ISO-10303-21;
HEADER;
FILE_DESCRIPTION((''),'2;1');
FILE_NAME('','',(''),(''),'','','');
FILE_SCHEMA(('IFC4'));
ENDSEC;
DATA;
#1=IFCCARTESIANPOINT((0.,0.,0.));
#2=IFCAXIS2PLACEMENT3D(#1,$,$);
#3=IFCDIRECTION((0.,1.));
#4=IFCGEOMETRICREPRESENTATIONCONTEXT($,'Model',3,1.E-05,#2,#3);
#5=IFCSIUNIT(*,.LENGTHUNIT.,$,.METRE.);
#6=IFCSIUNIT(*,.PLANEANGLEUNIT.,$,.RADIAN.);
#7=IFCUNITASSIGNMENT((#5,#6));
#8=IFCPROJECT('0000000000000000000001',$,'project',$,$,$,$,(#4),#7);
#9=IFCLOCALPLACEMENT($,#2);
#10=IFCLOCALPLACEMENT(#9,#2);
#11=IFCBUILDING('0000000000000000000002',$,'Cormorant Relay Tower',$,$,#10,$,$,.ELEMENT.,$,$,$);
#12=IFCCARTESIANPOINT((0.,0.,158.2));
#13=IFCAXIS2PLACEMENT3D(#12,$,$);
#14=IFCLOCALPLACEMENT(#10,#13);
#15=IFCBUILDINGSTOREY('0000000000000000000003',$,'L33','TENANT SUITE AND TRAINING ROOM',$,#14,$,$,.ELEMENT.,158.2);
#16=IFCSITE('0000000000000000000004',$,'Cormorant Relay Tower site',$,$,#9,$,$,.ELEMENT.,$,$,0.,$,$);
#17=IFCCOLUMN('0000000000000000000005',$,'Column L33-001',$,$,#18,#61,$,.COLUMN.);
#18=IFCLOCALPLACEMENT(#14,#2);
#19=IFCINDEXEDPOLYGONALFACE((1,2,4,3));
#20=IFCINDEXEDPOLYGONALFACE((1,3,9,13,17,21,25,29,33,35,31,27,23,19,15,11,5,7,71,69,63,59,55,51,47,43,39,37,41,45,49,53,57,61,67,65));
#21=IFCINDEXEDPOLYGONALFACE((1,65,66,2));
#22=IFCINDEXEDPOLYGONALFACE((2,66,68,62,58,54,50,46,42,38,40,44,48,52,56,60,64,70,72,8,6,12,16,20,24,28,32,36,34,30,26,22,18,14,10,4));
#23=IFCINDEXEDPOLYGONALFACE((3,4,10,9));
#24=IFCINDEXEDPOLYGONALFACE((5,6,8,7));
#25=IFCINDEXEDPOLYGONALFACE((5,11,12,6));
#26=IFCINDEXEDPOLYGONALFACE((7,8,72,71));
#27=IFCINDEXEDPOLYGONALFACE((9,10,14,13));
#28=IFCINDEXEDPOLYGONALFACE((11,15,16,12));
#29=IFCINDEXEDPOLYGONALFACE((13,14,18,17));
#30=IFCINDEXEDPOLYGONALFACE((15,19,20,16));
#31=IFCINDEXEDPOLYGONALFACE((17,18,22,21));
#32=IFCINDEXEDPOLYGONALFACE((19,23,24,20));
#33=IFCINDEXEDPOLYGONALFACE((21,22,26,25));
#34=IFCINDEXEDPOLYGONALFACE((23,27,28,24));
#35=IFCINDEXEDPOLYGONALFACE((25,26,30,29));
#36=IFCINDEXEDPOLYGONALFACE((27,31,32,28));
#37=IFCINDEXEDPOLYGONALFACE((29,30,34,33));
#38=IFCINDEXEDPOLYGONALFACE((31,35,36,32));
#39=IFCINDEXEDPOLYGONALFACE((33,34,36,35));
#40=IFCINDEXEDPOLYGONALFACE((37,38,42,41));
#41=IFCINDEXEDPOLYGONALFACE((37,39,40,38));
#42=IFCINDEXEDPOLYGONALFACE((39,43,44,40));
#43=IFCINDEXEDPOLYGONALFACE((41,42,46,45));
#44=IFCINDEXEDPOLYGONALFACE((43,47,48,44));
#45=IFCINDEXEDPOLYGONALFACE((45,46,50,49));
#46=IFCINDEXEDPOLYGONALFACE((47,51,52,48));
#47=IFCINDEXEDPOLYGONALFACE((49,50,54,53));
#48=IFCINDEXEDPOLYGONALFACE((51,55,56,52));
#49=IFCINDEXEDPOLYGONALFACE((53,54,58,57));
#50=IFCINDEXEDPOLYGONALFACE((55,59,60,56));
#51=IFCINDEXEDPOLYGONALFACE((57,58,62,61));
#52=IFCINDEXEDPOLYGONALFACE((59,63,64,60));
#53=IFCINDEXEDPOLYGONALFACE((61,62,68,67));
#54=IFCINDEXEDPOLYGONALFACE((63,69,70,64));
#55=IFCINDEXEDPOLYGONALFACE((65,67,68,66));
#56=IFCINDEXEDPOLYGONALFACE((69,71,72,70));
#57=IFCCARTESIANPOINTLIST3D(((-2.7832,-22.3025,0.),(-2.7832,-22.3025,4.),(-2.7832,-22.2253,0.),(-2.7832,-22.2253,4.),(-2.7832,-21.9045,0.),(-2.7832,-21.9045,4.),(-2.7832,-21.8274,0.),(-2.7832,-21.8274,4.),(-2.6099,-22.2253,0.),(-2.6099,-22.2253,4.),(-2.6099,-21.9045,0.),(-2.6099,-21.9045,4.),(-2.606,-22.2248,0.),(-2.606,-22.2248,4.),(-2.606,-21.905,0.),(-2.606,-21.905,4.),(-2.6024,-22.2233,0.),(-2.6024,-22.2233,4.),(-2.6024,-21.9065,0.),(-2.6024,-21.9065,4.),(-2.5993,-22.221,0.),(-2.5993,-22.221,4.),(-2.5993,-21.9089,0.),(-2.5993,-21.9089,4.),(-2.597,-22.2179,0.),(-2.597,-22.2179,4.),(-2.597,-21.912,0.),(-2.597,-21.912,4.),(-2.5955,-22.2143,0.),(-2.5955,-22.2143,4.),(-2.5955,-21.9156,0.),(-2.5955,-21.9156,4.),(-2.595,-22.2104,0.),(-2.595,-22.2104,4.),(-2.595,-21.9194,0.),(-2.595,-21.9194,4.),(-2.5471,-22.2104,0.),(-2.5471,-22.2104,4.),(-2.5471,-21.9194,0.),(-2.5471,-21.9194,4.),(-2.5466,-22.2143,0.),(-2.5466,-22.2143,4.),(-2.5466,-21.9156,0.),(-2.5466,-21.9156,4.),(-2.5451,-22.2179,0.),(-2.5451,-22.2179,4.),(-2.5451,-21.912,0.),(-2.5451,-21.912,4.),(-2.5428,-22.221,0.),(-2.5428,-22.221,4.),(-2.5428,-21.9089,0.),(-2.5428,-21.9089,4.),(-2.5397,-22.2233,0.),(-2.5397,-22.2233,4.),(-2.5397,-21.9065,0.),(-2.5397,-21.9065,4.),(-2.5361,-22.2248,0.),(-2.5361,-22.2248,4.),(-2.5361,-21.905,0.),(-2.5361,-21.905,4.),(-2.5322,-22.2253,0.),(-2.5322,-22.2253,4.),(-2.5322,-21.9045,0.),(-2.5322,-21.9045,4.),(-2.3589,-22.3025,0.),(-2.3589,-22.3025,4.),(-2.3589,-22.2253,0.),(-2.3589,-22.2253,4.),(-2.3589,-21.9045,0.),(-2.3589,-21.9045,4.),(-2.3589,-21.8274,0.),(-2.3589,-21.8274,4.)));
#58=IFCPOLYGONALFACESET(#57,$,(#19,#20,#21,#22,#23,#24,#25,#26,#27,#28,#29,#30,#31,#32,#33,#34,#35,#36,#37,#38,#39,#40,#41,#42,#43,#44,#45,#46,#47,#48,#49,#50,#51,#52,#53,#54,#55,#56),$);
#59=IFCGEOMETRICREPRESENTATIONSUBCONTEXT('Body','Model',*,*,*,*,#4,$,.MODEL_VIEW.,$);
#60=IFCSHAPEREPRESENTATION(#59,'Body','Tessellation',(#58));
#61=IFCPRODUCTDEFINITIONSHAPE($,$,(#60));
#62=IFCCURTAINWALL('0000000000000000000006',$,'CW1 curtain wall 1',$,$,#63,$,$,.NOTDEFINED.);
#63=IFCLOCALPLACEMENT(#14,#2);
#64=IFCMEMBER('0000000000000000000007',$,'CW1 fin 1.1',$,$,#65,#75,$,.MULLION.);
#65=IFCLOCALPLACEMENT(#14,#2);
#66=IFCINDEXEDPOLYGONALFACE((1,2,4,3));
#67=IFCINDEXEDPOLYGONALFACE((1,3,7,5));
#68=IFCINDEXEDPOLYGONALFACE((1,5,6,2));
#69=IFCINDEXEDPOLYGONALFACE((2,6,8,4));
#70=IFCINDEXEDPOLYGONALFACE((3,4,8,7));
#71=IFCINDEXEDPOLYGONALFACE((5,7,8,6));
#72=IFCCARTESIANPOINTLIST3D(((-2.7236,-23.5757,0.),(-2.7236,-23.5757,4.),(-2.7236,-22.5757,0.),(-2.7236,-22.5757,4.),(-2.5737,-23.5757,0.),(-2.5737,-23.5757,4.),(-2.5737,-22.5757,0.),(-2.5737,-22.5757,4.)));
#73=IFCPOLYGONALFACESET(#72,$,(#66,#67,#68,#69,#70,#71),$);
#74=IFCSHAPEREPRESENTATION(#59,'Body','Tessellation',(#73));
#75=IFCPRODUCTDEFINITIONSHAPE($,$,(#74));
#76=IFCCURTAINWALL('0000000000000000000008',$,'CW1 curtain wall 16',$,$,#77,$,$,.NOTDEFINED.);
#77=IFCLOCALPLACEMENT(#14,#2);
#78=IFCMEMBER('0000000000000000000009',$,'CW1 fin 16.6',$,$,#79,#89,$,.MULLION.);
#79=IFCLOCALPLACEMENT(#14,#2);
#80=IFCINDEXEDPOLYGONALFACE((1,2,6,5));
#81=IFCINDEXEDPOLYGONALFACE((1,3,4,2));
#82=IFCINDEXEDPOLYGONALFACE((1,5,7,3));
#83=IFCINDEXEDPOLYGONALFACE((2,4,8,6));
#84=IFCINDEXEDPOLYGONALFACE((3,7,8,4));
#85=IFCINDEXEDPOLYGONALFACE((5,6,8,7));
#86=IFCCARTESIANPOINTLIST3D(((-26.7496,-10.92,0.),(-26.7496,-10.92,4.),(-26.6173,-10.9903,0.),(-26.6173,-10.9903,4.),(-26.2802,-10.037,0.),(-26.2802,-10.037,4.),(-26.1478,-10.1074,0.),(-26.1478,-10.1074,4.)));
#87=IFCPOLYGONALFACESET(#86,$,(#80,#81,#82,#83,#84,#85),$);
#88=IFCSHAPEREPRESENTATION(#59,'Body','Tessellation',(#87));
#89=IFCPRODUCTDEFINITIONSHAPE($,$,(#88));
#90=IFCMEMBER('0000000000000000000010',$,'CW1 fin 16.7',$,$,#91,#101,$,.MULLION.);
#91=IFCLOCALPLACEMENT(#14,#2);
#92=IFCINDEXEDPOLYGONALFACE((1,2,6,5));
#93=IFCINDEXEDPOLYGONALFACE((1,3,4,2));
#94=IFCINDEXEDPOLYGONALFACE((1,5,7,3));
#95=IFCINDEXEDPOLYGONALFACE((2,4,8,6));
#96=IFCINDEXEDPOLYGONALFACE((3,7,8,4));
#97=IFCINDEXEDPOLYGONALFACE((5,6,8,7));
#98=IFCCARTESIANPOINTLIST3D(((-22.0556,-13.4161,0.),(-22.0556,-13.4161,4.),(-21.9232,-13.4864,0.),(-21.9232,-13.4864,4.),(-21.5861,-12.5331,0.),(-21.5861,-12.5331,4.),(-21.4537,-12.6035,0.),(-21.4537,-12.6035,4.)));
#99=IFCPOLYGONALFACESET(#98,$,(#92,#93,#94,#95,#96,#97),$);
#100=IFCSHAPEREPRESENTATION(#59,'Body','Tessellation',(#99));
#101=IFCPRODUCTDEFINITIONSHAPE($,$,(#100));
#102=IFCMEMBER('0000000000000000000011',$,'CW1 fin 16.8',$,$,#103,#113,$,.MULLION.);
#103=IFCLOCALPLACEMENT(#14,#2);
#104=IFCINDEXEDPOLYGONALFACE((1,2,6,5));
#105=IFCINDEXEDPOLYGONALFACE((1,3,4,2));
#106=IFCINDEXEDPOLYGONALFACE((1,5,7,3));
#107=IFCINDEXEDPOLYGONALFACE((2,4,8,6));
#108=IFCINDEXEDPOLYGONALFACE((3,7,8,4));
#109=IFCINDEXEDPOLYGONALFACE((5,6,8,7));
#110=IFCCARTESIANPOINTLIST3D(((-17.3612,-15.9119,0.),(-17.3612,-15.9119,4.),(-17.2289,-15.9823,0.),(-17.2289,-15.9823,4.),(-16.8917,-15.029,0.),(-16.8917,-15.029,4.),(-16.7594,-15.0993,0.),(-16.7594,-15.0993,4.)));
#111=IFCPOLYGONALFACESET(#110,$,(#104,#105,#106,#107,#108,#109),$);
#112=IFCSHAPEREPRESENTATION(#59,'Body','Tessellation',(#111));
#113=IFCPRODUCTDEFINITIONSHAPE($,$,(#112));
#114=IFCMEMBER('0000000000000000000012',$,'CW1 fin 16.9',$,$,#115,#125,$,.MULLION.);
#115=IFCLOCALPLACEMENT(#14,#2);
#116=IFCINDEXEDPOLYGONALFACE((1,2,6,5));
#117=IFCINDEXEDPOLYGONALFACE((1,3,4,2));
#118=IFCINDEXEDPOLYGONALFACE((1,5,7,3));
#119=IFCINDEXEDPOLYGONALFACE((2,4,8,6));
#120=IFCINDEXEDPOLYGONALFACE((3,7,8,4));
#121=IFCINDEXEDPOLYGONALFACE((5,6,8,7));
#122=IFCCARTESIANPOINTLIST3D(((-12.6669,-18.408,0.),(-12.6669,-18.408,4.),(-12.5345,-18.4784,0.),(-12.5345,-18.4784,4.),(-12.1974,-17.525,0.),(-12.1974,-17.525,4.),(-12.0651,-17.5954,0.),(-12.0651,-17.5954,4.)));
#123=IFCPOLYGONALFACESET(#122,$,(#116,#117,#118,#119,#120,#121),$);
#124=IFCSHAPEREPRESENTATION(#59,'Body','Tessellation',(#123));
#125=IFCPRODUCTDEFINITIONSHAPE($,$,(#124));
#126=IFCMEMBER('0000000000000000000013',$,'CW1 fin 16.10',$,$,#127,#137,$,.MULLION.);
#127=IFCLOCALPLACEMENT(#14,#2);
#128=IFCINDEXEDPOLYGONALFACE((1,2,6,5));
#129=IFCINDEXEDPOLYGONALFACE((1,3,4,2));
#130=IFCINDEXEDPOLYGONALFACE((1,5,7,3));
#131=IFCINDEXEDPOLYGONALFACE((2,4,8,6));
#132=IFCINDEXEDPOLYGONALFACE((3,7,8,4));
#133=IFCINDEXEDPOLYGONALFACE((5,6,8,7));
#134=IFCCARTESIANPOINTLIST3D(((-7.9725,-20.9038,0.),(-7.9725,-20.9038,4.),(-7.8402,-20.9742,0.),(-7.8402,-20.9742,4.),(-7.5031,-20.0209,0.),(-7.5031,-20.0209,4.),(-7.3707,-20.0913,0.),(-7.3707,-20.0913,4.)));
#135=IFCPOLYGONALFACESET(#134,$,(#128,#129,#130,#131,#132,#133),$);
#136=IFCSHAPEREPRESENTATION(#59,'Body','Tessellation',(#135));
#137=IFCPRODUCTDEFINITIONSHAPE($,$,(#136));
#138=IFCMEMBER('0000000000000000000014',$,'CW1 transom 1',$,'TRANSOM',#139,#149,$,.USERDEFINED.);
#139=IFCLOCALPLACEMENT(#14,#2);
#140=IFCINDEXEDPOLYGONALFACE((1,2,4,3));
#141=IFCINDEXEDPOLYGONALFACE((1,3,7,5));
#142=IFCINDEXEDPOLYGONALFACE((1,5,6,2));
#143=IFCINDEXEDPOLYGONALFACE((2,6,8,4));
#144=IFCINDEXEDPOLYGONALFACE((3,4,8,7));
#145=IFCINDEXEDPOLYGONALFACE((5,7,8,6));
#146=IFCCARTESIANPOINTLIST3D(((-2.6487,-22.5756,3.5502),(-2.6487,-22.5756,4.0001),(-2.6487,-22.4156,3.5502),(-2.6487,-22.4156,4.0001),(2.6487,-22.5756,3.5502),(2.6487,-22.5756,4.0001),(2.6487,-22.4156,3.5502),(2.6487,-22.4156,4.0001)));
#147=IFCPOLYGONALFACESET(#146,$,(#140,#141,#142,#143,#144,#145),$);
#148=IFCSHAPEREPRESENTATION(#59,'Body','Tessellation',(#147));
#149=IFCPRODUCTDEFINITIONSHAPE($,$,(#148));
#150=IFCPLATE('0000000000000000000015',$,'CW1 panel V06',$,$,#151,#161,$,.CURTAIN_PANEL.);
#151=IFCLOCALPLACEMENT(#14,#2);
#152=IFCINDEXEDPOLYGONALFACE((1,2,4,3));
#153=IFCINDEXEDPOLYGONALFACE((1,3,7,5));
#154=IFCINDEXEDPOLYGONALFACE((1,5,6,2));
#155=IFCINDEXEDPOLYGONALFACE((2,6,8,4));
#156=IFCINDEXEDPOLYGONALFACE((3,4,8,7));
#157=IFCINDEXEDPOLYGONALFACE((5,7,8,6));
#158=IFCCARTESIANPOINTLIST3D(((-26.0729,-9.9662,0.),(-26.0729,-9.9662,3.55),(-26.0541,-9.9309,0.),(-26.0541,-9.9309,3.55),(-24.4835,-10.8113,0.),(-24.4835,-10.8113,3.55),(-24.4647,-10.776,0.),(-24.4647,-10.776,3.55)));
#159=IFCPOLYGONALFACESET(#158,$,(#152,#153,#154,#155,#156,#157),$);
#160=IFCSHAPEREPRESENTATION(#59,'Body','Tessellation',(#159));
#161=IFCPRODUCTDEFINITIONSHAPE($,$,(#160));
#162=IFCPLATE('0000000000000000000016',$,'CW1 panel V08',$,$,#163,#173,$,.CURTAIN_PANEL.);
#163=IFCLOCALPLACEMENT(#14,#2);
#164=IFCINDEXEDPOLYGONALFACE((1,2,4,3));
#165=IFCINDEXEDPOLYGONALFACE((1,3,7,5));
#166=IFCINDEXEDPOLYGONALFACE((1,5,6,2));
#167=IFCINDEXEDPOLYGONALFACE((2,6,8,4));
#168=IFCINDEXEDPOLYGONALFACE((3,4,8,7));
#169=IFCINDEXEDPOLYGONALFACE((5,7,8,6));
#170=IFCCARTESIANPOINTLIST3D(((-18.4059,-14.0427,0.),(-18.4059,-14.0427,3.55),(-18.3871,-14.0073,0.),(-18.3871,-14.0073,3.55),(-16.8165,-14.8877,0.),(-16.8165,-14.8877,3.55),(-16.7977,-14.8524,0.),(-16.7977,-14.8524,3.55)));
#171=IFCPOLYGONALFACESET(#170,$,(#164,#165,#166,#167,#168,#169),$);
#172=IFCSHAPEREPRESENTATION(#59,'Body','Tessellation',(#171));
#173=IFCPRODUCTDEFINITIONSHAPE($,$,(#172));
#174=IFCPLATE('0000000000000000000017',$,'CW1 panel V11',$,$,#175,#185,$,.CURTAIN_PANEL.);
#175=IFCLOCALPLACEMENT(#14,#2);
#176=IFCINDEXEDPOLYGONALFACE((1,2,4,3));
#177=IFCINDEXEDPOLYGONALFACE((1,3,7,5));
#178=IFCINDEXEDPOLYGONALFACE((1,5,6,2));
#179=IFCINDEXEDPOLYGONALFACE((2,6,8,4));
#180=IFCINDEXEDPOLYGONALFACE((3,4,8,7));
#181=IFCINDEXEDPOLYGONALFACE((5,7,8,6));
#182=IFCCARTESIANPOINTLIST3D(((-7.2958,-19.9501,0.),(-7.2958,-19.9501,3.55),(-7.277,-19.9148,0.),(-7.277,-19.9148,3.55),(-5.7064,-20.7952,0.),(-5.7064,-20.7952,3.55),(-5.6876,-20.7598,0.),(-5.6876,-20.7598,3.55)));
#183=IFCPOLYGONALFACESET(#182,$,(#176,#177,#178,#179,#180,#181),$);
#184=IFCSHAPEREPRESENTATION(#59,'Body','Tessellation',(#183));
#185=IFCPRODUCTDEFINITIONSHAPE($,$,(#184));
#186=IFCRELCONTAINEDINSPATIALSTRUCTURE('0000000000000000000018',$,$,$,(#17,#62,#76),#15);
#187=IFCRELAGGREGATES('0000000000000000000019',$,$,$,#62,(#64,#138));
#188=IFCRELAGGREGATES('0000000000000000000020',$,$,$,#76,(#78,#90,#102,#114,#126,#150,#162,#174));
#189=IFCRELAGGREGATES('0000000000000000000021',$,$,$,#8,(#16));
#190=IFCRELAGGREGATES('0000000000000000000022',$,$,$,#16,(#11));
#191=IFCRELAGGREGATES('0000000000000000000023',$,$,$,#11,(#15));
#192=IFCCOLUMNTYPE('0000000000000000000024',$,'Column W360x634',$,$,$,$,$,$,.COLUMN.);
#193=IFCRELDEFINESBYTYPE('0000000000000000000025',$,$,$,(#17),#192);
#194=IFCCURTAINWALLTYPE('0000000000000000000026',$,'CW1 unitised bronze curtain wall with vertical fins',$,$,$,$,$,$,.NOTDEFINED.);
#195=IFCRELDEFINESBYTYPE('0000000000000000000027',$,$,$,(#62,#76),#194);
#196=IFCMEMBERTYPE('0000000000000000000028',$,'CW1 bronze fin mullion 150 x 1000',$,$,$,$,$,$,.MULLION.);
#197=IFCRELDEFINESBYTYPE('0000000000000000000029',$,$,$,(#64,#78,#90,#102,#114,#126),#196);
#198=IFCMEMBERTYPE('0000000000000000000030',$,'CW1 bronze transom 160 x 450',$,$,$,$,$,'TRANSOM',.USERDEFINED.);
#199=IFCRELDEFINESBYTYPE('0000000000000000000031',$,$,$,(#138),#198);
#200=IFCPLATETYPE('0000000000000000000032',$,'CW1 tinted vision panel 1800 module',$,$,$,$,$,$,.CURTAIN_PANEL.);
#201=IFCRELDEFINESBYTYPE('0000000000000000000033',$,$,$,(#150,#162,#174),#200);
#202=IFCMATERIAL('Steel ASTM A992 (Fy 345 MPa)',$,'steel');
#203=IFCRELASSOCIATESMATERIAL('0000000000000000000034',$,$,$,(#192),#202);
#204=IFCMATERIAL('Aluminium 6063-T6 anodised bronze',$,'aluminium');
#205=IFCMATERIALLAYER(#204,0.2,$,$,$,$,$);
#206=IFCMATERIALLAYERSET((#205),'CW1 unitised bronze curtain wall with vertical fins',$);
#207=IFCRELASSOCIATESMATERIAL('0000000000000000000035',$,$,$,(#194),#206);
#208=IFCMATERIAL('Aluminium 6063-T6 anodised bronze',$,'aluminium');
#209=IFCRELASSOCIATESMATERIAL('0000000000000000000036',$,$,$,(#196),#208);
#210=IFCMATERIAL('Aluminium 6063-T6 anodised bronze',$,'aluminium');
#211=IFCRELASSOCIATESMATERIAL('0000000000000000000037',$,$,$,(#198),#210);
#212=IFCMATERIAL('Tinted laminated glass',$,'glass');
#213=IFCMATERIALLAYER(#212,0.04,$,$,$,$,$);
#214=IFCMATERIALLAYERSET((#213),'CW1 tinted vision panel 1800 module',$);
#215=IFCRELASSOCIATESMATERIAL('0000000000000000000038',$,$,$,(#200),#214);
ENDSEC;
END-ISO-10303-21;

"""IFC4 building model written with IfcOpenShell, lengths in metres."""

from ifc_helpers import new_model, si_unit, direction, frame, origin, origin_2d, place, context, subcontext, project, spatial, rectangle, i_section, extrude, material, layer, layer_set, material_profile, profile_set, type_object, element, aggregate, save


model = new_model("IFC4")

# Units and contexts
model_context = context("Model", 3, precision=1e-05, world=origin(), true_north=direction((0.0, 1.0)))
body_context = subcontext(model_context, "Body", "Model", "MODEL_VIEW")
ifc_project = project(units=[si_unit("LENGTHUNIT", "METRE"), si_unit("PLANEANGLEUNIT", "RADIAN")], contexts=[model_context])

# Site, building, storey
site_placement = place(None, origin())
site = spatial("IfcSite", under=ifc_project, at=site_placement, Name="Cormorant Relay Tower site", CompositionType="ELEMENT", RefElevation=0.0)
building_placement = place(site_placement, origin())
building = spatial("IfcBuilding", under=site, at=building_placement, Name="Cormorant Relay Tower", CompositionType="ELEMENT")
storey_placement = place(building_placement, frame((0.0, 0.0, 158.2)))
storey = spatial("IfcBuildingStorey", under=building, at=storey_placement, Name="L33", Description="TENANT SUITE AND TRAINING ROOM", CompositionType="ELEMENT", Elevation=158.2)

# Column
ifc_material_1 = material(Name="Steel ASTM A992 (Fy 345 MPa)", Category="steel")
ifc_material_profile_1 = material_profile(ifc_material_1, i_section(OverallWidth=0.4243, OverallDepth=0.4751, WebThickness=0.0479, FlangeThickness=0.0771, FilletRadius=0.0149, at=origin_2d()), Name="W360x634")
ifc_profile_set_1 = profile_set([ifc_material_profile_1], Name="Steel ASTM A992 (Fy 345 MPa)")
column_type_1 = type_object("IfcColumnType", Name="Column W360x634", PredefinedType="COLUMN", material=ifc_profile_set_1)
column_1_placement = place(storey_placement, frame((-2.571, -22.0649, 0.0), z_axis=(0.0, 0.0, 1.0), x_axis=(1.0, 0.0, 0.0)))
element("IfcColumn", 1, at=column_1_placement, inside=storey, type_object=column_type_1, Name="Column L33-001", PredefinedType="COLUMN", context=body_context, shape_type="SweptSolid", body=[
    extrude(i_section(OverallWidth=0.4243, OverallDepth=0.4751, WebThickness=0.0479, FlangeThickness=0.0771, FilletRadius=0.0149, at=origin_2d()), origin(), (0.0, 0.0, 1.0), 4.0),
])

# Curtain wall, member
ifc_material_2 = material(Name="Aluminium 6063-T6 anodised bronze", Category="aluminium")
ifc_layer_1 = layer(ifc_material_2, 0.2)
ifc_layer_set_1 = layer_set([ifc_layer_1], Name="CW1 unitised bronze curtain wall with vertical fins")
curtain_wall_type = type_object("IfcCurtainWallType", Name="CW1 unitised bronze curtain wall with vertical fins", PredefinedType="NOTDEFINED", material=ifc_layer_set_1)
curtain_wall_1_placement = place(storey_placement, origin())
curtain_wall_1 = element("IfcCurtainWall", 2, at=curtain_wall_1_placement, inside=storey, type_object=curtain_wall_type, Name="CW1 curtain wall 1", PredefinedType="NOTDEFINED")
ifc_material_3 = material(Name="Aluminium 6063-T6 anodised bronze", Category="aluminium")
ifc_material_profile_2 = material_profile(ifc_material_3, rectangle(XDim=0.1499, YDim=1.0, at=origin_2d()), Name="AL 150x1000")
ifc_profile_set_2 = profile_set([ifc_material_profile_2], Name="Aluminium 6063-T6 anodised bronze")
member_type_1 = type_object("IfcMemberType", Name="CW1 bronze fin mullion 150 x 1000", PredefinedType="MULLION", material=ifc_profile_set_2)
member_1_placement = place(storey_placement, frame((-2.6487, -23.0757, 0.0), z_axis=(0.0, 0.0, 1.0), x_axis=(1.0, 0.0, 0.0)))
member_1 = element("IfcMember", 3, at=member_1_placement, type_object=member_type_1, Name="CW1 fin 1.1", PredefinedType="MULLION", context=body_context, shape_type="SweptSolid", body=[
    extrude(rectangle(XDim=0.1499, YDim=1.0, at=origin_2d()), origin(), (0.0, 0.0, 1.0), 4.0),
])

# Curtain wall, members
curtain_wall_2_placement = place(storey_placement, origin())
curtain_wall_2 = element("IfcCurtainWall", 4, at=curtain_wall_2_placement, inside=storey, type_object=curtain_wall_type, Name="CW1 curtain wall 16", PredefinedType="NOTDEFINED")
member_2_placement = place(storey_placement, frame((-26.4487, -10.5137, 0.0), z_axis=(0.0, 0.0, 1.0), x_axis=(0.882948, -0.469472, 0.0)))
member_2 = element("IfcMember", 5, at=member_2_placement, type_object=member_type_1, Name="CW1 fin 16.6", PredefinedType="MULLION", context=body_context, shape_type="SweptSolid", body=[
    extrude(rectangle(XDim=0.1499, YDim=1.0, at=origin_2d()), origin(), (0.0, 0.0, 1.0), 4.0),
])
member_3_placement = place(storey_placement, frame((-21.7546, -13.0098, 0.0), z_axis=(0.0, 0.0, 1.0), x_axis=(0.882948, -0.469472, 0.0)))
member_3 = element("IfcMember", 6, at=member_3_placement, type_object=member_type_1, Name="CW1 fin 16.7", PredefinedType="MULLION", context=body_context, shape_type="SweptSolid", body=[
    extrude(rectangle(XDim=0.1499, YDim=1.0, at=origin_2d()), origin(), (0.0, 0.0, 1.0), 4.0),
])
member_4_placement = place(storey_placement, frame((-17.0603, -15.5056, 0.0), z_axis=(0.0, 0.0, 1.0), x_axis=(0.882948, -0.469472, 0.0)))
member_4 = element("IfcMember", 7, at=member_4_placement, type_object=member_type_1, Name="CW1 fin 16.8", PredefinedType="MULLION", context=body_context, shape_type="SweptSolid", body=[
    extrude(rectangle(XDim=0.1499, YDim=1.0, at=origin_2d()), origin(), (0.0, 0.0, 1.0), 4.0),
])
member_5_placement = place(storey_placement, frame((-12.366, -18.0017, 0.0), z_axis=(0.0, 0.0, 1.0), x_axis=(0.882948, -0.469472, 0.0)))
member_5 = element("IfcMember", 8, at=member_5_placement, type_object=member_type_1, Name="CW1 fin 16.9", PredefinedType="MULLION", context=body_context, shape_type="SweptSolid", body=[
    extrude(rectangle(XDim=0.1499, YDim=1.0, at=origin_2d()), origin(), (0.0, 0.0, 1.0), 4.0),
])
member_6_placement = place(storey_placement, frame((-7.6716, -20.4976, 0.0), z_axis=(0.0, 0.0, 1.0), x_axis=(0.882948, -0.469472, 0.0)))
member_6 = element("IfcMember", 9, at=member_6_placement, type_object=member_type_1, Name="CW1 fin 16.10", PredefinedType="MULLION", context=body_context, shape_type="SweptSolid", body=[
    extrude(rectangle(XDim=0.1499, YDim=1.0, at=origin_2d()), origin(), (0.0, 0.0, 1.0), 4.0),
])

# Member
ifc_material_4 = material(Name="Aluminium 6063-T6 anodised bronze", Category="aluminium")
ifc_material_profile_3 = material_profile(ifc_material_4, rectangle(XDim=0.1599, YDim=0.45, at=origin_2d()), Name="AL 160x450")
ifc_profile_set_3 = profile_set([ifc_material_profile_3], Name="Aluminium 6063-T6 anodised bronze")
member_type_2 = type_object("IfcMemberType", Name="CW1 bronze transom 160 x 450", ElementType="TRANSOM", PredefinedType="USERDEFINED", material=ifc_profile_set_3)
member_7_placement = place(storey_placement, frame((-2.6487, -22.4956, 3.7751), z_axis=(1.0, 0.0, 0.0), x_axis=(0.0, 1.0, 0.0)))
member_7 = element("IfcMember", 10, at=member_7_placement, type_object=member_type_2, Name="CW1 transom 1", ObjectType="TRANSOM", PredefinedType="USERDEFINED", context=body_context, shape_type="SweptSolid", body=[
    extrude(rectangle(XDim=0.1599, YDim=0.45, at=origin_2d()), origin(), (0.0, 0.0, 1.0), 5.2974),
])
aggregate(curtain_wall_1, [member_1, member_7])

# Plates
ifc_material_5 = material(Name="Tinted laminated glass", Category="glass")
ifc_layer_2 = layer(ifc_material_5, 0.04)
ifc_layer_set_2 = layer_set([ifc_layer_2], Name="CW1 tinted vision panel 1800 module")
plate_type_1 = type_object("IfcPlateType", Name="CW1 tinted vision panel 1800 module", PredefinedType="CURTAIN_PANEL", material=ifc_layer_set_2)
plate_1_placement = place(storey_placement, frame((-25.2688, -10.3711, 0.0), z_axis=(0.0, 0.0, 1.0), x_axis=(0.882948, -0.469472, 0.0)))
plate_1 = element("IfcPlate", 11, at=plate_1_placement, type_object=plate_type_1, Name="CW1 panel V06", PredefinedType="CURTAIN_PANEL", context=body_context, shape_type="SweptSolid", body=[
    extrude(rectangle(XDim=1.8, YDim=0.04, at=origin_2d()), origin(), (0.0, 0.0, 1.0), 3.55),
])
plate_2_placement = place(storey_placement, frame((-17.6018, -14.4475, 0.0), z_axis=(0.0, 0.0, 1.0), x_axis=(0.882948, -0.469472, 0.0)))
plate_2 = element("IfcPlate", 12, at=plate_2_placement, type_object=plate_type_1, Name="CW1 panel V08", PredefinedType="CURTAIN_PANEL", context=body_context, shape_type="SweptSolid", body=[
    extrude(rectangle(XDim=1.8, YDim=0.04, at=origin_2d()), origin(), (0.0, 0.0, 1.0), 3.55),
])
plate_3_placement = place(storey_placement, frame((-6.4917, -20.355, 0.0), z_axis=(0.0, 0.0, 1.0), x_axis=(0.882948, -0.469472, 0.0)))
plate_3 = element("IfcPlate", 13, at=plate_3_placement, type_object=plate_type_1, Name="CW1 panel V11", PredefinedType="CURTAIN_PANEL", context=body_context, shape_type="SweptSolid", body=[
    extrude(rectangle(XDim=1.8, YDim=0.04, at=origin_2d()), origin(), (0.0, 0.0, 1.0), 3.55),
])

aggregate(curtain_wall_2, [member_2, member_3, member_4, member_5, member_6, plate_1, plate_2, plate_3])

save(model, "model.ifc")
